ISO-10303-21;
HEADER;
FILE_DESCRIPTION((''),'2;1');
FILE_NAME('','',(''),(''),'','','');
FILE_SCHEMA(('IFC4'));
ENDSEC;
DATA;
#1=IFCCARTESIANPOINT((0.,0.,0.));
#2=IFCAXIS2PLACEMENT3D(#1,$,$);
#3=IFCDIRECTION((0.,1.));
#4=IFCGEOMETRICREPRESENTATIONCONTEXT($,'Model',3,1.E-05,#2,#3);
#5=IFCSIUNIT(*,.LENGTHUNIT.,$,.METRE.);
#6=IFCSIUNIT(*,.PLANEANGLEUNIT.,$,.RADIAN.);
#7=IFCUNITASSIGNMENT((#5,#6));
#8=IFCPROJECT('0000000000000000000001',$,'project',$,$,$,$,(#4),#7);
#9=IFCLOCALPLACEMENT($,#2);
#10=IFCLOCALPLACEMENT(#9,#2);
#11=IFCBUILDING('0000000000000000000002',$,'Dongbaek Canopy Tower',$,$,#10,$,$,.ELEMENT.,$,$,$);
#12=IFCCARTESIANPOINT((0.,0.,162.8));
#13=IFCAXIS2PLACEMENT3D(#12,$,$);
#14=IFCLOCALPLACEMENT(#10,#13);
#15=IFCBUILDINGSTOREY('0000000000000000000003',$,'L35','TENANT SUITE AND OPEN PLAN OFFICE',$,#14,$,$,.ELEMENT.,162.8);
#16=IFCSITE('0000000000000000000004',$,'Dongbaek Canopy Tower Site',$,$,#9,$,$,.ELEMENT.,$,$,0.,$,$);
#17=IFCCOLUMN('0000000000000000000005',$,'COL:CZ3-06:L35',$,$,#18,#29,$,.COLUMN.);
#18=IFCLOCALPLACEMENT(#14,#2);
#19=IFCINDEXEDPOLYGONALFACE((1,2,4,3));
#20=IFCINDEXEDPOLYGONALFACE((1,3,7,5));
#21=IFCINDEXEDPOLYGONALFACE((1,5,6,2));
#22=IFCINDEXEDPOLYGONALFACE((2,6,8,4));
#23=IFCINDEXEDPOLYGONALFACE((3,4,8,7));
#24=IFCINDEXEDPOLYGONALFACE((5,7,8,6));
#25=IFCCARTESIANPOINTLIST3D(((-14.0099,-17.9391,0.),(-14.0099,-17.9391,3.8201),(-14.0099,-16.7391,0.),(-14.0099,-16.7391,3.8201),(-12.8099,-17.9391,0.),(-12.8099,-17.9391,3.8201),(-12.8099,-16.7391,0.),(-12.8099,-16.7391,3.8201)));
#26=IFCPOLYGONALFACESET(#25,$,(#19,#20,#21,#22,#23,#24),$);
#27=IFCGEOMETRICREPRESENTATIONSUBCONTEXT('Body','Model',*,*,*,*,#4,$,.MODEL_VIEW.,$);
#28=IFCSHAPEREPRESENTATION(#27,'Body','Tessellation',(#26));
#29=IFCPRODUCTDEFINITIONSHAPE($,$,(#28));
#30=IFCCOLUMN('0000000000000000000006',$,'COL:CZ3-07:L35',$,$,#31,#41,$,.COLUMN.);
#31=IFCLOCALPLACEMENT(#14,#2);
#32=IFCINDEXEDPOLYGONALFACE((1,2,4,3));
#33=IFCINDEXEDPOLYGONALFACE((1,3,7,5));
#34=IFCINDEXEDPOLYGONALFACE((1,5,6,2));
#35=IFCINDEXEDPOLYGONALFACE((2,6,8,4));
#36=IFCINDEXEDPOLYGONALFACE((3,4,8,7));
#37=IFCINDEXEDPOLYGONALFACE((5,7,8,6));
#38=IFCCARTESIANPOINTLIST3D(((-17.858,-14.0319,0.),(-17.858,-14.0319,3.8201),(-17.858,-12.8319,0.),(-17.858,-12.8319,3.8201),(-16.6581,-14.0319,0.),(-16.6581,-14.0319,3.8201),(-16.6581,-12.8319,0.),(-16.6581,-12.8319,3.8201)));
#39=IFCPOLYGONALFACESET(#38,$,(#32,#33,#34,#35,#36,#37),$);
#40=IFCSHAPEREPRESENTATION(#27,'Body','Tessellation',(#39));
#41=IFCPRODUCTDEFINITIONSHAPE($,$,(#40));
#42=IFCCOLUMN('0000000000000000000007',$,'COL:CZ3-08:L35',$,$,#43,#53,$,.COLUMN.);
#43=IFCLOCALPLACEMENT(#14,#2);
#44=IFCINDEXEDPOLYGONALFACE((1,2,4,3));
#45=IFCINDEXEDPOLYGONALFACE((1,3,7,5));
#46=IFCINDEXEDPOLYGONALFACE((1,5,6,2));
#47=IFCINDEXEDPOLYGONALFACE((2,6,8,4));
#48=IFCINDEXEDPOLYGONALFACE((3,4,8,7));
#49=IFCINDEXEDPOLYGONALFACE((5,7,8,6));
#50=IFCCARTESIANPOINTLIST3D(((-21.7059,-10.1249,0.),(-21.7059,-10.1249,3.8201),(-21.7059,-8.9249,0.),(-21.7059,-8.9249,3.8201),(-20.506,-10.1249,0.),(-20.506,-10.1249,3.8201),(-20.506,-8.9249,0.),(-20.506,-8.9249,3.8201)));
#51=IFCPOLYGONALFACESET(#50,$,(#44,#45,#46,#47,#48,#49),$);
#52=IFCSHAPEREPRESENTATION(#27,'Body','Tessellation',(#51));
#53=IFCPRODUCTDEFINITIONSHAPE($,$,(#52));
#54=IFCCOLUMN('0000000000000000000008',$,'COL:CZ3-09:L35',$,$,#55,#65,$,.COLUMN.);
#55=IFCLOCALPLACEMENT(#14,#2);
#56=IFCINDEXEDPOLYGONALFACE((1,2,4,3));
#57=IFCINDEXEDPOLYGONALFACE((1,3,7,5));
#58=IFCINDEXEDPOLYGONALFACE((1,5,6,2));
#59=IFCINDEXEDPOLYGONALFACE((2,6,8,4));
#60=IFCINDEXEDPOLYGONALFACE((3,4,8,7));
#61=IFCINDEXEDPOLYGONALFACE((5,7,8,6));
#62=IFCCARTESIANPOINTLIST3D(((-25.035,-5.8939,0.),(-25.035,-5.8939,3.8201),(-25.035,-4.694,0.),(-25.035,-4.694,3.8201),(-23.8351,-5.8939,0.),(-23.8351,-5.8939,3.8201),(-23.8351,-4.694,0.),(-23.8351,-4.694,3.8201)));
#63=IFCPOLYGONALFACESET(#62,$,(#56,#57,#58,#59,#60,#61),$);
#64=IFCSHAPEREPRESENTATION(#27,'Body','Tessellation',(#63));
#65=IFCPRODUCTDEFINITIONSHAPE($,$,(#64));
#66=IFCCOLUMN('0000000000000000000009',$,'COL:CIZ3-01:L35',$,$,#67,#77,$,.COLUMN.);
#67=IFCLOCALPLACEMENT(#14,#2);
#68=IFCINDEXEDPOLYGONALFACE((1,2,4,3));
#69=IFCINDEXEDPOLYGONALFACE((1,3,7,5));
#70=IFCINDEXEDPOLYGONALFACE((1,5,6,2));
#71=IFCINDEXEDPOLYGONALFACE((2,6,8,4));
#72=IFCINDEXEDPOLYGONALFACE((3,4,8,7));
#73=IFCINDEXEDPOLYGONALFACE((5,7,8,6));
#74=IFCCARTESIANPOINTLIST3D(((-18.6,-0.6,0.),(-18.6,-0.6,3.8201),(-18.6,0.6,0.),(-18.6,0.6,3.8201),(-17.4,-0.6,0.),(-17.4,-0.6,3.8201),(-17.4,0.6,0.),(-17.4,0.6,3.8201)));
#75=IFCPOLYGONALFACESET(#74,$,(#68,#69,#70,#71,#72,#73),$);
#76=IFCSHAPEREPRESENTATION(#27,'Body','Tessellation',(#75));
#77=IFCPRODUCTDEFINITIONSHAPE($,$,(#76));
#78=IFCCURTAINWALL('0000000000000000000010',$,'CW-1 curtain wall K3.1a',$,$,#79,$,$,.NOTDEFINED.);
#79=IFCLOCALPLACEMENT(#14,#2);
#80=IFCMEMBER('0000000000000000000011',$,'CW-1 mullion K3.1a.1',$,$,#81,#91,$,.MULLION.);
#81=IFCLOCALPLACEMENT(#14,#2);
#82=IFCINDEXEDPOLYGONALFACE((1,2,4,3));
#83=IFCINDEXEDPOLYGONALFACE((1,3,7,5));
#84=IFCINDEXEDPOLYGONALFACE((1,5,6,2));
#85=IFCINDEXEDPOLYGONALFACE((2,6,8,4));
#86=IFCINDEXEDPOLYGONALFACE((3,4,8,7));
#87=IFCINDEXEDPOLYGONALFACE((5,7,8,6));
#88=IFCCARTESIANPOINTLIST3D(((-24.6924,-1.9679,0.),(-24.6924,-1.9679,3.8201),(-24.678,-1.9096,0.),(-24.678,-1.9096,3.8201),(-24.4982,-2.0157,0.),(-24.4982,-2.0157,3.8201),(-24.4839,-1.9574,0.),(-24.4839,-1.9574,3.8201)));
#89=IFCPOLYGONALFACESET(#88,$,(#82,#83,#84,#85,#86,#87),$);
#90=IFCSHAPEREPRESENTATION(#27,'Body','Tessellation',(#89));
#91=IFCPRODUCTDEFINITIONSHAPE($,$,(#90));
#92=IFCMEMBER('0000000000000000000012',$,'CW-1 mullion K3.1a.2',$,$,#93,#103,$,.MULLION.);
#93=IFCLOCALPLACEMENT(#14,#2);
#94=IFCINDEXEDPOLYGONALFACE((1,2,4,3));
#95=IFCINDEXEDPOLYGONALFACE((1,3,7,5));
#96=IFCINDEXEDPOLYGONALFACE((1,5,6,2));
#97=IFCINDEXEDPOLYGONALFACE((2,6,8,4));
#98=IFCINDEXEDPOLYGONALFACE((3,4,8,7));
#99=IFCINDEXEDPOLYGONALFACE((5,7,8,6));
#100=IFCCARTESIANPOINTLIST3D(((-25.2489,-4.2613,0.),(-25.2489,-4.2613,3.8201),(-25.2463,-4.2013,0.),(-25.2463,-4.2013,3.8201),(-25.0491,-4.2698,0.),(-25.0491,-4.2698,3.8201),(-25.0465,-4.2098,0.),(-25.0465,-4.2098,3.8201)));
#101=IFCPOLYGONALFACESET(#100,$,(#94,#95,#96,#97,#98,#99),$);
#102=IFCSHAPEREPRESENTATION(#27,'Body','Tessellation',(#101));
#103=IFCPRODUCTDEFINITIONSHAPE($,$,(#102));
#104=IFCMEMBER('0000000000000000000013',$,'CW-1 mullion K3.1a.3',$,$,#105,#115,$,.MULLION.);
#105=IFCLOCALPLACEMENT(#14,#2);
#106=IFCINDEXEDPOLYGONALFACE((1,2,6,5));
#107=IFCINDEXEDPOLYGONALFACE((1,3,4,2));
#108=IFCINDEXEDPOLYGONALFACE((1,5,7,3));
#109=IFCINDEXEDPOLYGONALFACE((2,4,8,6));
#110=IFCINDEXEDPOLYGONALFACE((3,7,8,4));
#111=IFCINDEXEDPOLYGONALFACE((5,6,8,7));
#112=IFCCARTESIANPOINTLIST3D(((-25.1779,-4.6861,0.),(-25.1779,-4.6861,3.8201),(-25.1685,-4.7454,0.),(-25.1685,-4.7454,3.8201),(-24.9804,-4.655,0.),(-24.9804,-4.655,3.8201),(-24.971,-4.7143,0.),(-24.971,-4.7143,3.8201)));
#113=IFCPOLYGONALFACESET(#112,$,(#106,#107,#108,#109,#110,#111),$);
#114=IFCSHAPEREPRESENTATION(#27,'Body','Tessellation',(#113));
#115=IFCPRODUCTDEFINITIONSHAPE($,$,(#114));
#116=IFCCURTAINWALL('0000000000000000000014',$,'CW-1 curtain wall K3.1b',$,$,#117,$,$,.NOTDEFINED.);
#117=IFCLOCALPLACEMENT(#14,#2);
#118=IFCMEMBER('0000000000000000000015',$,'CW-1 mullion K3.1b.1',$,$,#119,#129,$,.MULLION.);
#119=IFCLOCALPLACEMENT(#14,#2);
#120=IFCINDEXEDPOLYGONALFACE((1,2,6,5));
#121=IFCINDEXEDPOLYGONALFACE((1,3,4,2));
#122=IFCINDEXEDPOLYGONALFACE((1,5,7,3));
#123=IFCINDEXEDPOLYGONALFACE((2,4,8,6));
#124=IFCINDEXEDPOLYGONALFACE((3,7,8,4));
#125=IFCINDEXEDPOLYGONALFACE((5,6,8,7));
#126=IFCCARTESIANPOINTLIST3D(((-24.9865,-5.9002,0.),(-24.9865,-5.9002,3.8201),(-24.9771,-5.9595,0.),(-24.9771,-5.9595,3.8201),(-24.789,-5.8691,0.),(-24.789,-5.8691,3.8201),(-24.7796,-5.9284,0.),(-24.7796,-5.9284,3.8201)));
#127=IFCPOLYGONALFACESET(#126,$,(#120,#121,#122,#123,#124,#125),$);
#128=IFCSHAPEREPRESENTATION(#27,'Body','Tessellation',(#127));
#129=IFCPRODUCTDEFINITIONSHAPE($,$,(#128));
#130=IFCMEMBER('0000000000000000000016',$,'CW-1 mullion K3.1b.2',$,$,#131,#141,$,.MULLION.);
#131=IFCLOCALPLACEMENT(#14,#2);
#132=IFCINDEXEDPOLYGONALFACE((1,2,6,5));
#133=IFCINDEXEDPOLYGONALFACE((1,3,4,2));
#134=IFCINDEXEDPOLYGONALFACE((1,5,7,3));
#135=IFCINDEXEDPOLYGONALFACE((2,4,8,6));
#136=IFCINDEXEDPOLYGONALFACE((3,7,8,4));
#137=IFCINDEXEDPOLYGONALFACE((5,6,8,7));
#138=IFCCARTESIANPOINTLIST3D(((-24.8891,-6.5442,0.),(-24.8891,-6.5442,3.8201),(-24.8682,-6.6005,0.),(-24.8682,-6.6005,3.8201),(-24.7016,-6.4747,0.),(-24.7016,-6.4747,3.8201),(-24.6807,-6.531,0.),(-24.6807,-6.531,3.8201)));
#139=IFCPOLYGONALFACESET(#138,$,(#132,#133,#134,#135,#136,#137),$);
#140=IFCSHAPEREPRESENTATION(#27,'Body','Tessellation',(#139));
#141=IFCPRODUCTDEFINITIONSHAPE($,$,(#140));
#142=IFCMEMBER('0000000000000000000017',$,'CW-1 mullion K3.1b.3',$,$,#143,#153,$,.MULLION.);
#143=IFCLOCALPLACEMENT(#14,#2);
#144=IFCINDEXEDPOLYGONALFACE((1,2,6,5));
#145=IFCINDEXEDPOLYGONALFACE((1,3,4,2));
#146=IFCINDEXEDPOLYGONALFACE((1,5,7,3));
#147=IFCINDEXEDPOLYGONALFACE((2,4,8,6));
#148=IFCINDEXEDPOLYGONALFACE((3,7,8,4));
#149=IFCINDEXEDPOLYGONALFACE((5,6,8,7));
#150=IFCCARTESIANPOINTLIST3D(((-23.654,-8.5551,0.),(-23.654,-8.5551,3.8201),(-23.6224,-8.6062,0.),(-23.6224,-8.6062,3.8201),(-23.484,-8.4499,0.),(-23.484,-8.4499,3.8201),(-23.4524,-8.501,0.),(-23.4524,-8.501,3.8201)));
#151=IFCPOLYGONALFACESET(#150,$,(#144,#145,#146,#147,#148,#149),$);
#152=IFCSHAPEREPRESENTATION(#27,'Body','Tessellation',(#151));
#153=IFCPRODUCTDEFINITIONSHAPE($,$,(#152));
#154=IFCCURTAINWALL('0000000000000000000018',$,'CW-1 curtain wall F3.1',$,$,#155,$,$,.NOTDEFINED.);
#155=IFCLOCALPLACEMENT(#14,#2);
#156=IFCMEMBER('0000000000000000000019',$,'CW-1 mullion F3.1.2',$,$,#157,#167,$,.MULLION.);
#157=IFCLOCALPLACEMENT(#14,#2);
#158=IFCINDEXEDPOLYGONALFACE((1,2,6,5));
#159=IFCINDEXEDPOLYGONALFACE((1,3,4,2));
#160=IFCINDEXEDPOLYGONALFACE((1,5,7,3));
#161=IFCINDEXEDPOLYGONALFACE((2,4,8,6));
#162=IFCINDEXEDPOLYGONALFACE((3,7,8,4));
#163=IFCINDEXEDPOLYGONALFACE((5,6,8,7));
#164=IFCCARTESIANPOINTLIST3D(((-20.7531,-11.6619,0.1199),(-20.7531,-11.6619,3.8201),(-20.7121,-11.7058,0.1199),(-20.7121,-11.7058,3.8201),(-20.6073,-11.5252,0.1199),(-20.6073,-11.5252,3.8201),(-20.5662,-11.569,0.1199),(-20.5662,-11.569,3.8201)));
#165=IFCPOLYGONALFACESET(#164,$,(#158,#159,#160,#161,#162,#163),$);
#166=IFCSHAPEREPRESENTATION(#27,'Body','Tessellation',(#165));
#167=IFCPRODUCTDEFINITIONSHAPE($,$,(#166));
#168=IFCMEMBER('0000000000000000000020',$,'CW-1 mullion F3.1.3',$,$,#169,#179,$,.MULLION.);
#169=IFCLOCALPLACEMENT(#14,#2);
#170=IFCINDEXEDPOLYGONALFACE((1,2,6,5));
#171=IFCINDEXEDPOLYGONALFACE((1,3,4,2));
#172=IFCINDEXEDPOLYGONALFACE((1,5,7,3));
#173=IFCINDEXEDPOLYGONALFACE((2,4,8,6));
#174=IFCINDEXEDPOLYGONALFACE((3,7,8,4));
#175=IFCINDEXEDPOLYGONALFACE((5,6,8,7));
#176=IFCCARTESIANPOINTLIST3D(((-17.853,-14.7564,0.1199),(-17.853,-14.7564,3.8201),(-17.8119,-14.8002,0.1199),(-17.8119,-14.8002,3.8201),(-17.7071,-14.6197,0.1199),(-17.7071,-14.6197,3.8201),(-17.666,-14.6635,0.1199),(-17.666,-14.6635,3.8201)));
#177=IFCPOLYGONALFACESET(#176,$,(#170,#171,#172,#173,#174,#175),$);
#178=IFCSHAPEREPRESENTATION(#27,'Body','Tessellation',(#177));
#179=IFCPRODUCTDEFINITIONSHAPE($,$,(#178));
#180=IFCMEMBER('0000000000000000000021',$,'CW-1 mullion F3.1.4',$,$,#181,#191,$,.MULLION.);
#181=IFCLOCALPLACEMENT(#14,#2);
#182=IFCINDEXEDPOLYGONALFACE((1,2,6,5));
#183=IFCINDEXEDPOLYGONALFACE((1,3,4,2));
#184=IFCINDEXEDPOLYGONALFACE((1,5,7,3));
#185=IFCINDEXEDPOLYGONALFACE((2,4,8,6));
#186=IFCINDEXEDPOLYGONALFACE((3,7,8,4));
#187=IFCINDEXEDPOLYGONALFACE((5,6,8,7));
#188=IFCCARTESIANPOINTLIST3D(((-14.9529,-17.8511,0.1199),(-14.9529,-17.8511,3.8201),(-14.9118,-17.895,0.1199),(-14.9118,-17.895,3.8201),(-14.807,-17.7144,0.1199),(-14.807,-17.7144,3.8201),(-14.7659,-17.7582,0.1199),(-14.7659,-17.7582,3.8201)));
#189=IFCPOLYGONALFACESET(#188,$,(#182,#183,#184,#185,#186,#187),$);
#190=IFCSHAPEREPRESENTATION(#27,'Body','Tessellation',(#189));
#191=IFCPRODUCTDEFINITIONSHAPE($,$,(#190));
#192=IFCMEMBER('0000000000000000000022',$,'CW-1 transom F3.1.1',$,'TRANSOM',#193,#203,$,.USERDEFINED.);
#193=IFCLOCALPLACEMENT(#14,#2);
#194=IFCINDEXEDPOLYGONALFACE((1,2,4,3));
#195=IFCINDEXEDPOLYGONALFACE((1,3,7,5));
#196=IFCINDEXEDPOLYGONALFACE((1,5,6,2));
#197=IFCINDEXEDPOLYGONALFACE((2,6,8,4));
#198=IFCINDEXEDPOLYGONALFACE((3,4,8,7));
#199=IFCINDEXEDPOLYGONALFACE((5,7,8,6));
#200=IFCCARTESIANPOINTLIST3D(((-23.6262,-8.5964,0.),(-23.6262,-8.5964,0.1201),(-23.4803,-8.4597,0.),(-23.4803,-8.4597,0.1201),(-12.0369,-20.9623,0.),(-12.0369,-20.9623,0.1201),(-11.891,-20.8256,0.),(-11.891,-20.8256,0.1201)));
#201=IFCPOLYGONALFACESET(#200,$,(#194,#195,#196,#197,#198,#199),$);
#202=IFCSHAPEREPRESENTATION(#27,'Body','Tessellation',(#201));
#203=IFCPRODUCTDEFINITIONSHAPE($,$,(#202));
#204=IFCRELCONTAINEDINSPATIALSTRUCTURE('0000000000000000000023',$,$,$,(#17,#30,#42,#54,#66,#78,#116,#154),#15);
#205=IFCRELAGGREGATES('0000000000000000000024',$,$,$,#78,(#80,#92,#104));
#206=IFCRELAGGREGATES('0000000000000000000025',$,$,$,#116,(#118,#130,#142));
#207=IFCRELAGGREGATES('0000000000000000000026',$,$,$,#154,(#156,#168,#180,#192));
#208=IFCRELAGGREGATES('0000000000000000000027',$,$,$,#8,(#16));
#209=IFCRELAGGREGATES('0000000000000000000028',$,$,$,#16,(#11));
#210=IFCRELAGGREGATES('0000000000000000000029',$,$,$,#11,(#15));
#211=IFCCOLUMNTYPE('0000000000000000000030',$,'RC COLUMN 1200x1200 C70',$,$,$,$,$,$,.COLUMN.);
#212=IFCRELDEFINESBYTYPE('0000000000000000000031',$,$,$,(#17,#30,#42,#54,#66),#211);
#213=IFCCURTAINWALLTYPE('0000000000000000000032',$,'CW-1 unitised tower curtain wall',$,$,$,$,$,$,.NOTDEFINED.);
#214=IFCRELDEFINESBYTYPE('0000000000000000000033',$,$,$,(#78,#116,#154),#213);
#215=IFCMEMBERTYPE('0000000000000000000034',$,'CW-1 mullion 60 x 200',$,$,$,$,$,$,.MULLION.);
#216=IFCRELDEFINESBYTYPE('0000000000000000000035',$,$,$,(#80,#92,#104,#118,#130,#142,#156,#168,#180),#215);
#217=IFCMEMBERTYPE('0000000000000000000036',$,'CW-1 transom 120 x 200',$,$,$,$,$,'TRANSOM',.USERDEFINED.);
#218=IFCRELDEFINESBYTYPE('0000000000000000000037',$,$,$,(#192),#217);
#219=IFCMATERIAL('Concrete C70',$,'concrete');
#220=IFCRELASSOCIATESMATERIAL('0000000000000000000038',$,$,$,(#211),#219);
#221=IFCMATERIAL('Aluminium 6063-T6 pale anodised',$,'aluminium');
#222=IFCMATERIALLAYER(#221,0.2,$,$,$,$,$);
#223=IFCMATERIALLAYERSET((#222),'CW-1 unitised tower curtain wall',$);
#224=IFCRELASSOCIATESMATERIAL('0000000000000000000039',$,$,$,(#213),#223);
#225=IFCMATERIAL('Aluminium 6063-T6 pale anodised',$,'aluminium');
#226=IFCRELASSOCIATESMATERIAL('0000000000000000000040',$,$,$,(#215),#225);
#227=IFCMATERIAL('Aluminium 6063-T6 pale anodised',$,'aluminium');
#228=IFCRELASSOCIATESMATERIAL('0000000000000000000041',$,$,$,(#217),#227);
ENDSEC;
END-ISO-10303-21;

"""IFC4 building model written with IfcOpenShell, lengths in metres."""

from ifc_helpers import new_model, si_unit, direction, frame, origin, origin_2d, place, context, subcontext, project, spatial, rectangle, extrude, material, layer, layer_set, material_profile, profile_set, type_object, element, aggregate, save


model = new_model("IFC4")

# Units and contexts
model_context = context("Model", 3, precision=1e-05, world=origin(), true_north=direction((0.0, 1.0)))
body_context = subcontext(model_context, "Body", "Model", "MODEL_VIEW")
ifc_project = project(units=[si_unit("LENGTHUNIT", "METRE"), si_unit("PLANEANGLEUNIT", "RADIAN")], contexts=[model_context])

# Site, building, storey
site_placement = place(None, origin())
site = spatial("IfcSite", under=ifc_project, at=site_placement, Name="Dongbaek Canopy Tower Site", CompositionType="ELEMENT", RefElevation=0.0)
building_placement = place(site_placement, origin())
building = spatial("IfcBuilding", under=site, at=building_placement, Name="Dongbaek Canopy Tower", CompositionType="ELEMENT")
storey_placement = place(building_placement, frame((0.0, 0.0, 162.8)))
storey = spatial("IfcBuildingStorey", under=building, at=storey_placement, Name="L35", Description="TENANT SUITE AND OPEN PLAN OFFICE", CompositionType="ELEMENT", Elevation=162.8)

# Columns
ifc_material_1 = material(Name="Concrete C70", Category="concrete")
ifc_material_profile_1 = material_profile(ifc_material_1, rectangle(XDim=1.2, YDim=1.2, at=origin_2d()), Name="RC COLUMN 1200x1200 C70")
ifc_profile_set_1 = profile_set([ifc_material_profile_1], Name="Concrete C70")
column_type = type_object("IfcColumnType", Name="RC COLUMN 1200x1200 C70", PredefinedType="COLUMN", material=ifc_profile_set_1)
for number, where, z_axis, x_axis, name in (
    (1, (-13.4099, -17.3391, 0.0), (0.0, 0.0, 1.0), (1.0, 0.0, 0.0), "COL:CZ3-06:L35"),
    (2, (-17.2581, -13.4319, 0.0), (0.0, 0.0, 1.0), (1.0, 0.0, 0.0), "COL:CZ3-07:L35"),
    (3, (-21.106, -9.5249, 0.0), (0.0, 0.0, 1.0), (1.0, 0.0, 0.0), "COL:CZ3-08:L35"),
    (4, (-24.4351, -5.2939, 0.0), (0.0, 0.0, 1.0), (1.0, 0.0, 0.0), "COL:CZ3-09:L35"),
    (5, (-18.0, 0.0, 0.0), (0.0, 0.0, 1.0), (1.0, 0.0, 0.0), "COL:CIZ3-01:L35"),
):
    element("IfcColumn", number, at=place(storey_placement, frame(where, z_axis=z_axis, x_axis=x_axis)), inside=storey, type_object=column_type, Name=name, PredefinedType="COLUMN", context=body_context, shape_type="SweptSolid", body=[
        extrude(rectangle(XDim=1.2, YDim=1.2, at=origin_2d()), origin(), (0.0, 0.0, 1.0), 3.8201),
    ])

# Curtain walls, members
ifc_material_2 = material(Name="Aluminium 6063-T6 pale anodised", Category="aluminium")
ifc_layer_1 = layer(ifc_material_2, 0.2)
ifc_layer_set_1 = layer_set([ifc_layer_1], Name="CW-1 unitised tower curtain wall")
curtain_wall_type = type_object("IfcCurtainWallType", Name="CW-1 unitised tower curtain wall", PredefinedType="NOTDEFINED", material=ifc_layer_set_1)
curtain_wall_1_placement = place(storey_placement, origin())
curtain_wall_1 = element("IfcCurtainWall", 6, at=curtain_wall_1_placement, inside=storey, type_object=curtain_wall_type, Name="CW-1 curtain wall K3.1a", PredefinedType="NOTDEFINED")
ifc_material_3 = material(Name="Aluminium 6063-T6 pale anodised", Category="aluminium")
ifc_material_profile_2 = material_profile(ifc_material_3, rectangle(XDim=0.2, YDim=0.0601, at=origin_2d()), Name="CW-1 mullion 60 x 200")
ifc_profile_set_2 = profile_set([ifc_material_profile_2], Name="Aluminium 6063-T6 pale anodised")
member_type_1 = type_object("IfcMemberType", Name="CW-1 mullion 60 x 200", PredefinedType="MULLION", material=ifc_profile_set_2)
member_1_placement = place(storey_placement, frame((-24.5881, -1.9626, 0.0), z_axis=(0.0, 0.0, 1.0), x_axis=(-0.971001, 0.239077, 0.0)))
member_1 = element("IfcMember", 7, at=member_1_placement, type_object=member_type_1, Name="CW-1 mullion K3.1a.1", PredefinedType="MULLION", context=body_context, shape_type="SweptSolid", body=[
    extrude(rectangle(XDim=0.2, YDim=0.0601, at=origin_2d()), origin(), (0.0, 0.0, 1.0), 3.8201),
])
member_2_placement = place(storey_placement, frame((-25.1477, -4.2356, 0.0), z_axis=(0.0, 0.0, 1.0), x_axis=(-0.999096, 0.042522, 0.0)))
member_2 = element("IfcMember", 8, at=member_2_placement, type_object=member_type_1, Name="CW-1 mullion K3.1a.2", PredefinedType="MULLION", context=body_context, shape_type="SweptSolid", body=[
    extrude(rectangle(XDim=0.2, YDim=0.0601, at=origin_2d()), origin(), (0.0, 0.0, 1.0), 3.8201),
])
member_3_placement = place(storey_placement, frame((-25.0745, -4.7002, 0.0), z_axis=(0.0, 0.0, 1.0), x_axis=(-0.987803, -0.15571, 0.0)))
member_3 = element("IfcMember", 9, at=member_3_placement, type_object=member_type_1, Name="CW-1 mullion K3.1a.3", PredefinedType="MULLION", context=body_context, shape_type="SweptSolid", body=[
    extrude(rectangle(XDim=0.2, YDim=0.0601, at=origin_2d()), origin(), (0.0, 0.0, 1.0), 3.8201),
])
curtain_wall_2_placement = place(storey_placement, origin())
curtain_wall_2 = element("IfcCurtainWall", 10, at=curtain_wall_2_placement, inside=storey, type_object=curtain_wall_type, Name="CW-1 curtain wall K3.1b", PredefinedType="NOTDEFINED")
member_4_placement = place(storey_placement, frame((-24.8831, -5.9143, 0.0), z_axis=(0.0, 0.0, 1.0), x_axis=(-0.987803, -0.15571, 0.0)))
member_4 = element("IfcMember", 11, at=member_4_placement, type_object=member_type_1, Name="CW-1 mullion K3.1b.1", PredefinedType="MULLION", context=body_context, shape_type="SweptSolid", body=[
    extrude(rectangle(XDim=0.2, YDim=0.0601, at=origin_2d()), origin(), (0.0, 0.0, 1.0), 3.8201),
])
member_5_placement = place(storey_placement, frame((-24.7849, -6.5376, 0.0), z_axis=(0.0, 0.0, 1.0), x_axis=(-0.937568, -0.347803, 0.0)))
member_5 = element("IfcMember", 12, at=member_5_placement, type_object=member_type_1, Name="CW-1 mullion K3.1b.2", PredefinedType="MULLION", context=body_context, shape_type="SweptSolid", body=[
    extrude(rectangle(XDim=0.2, YDim=0.0601, at=origin_2d()), origin(), (0.0, 0.0, 1.0), 3.8201),
])
member_6_placement = place(storey_placement, frame((-23.5532, -8.5281, 0.0), z_axis=(0.0, 0.0, 1.0), x_axis=(-0.85037, -0.526184, 0.0)))
member_6 = element("IfcMember", 13, at=member_6_placement, type_object=member_type_1, Name="CW-1 mullion K3.1b.3", PredefinedType="MULLION", context=body_context, shape_type="SweptSolid", body=[
    extrude(rectangle(XDim=0.2, YDim=0.0601, at=origin_2d()), origin(), (0.0, 0.0, 1.0), 3.8201),
])
curtain_wall_3_placement = place(storey_placement, origin())
curtain_wall_3 = element("IfcCurtainWall", 14, at=curtain_wall_3_placement, inside=storey, type_object=curtain_wall_type, Name="CW-1 curtain wall F3.1", PredefinedType="NOTDEFINED")
member_7_placement = place(storey_placement, frame((-20.6597, -11.6155, 0.1199), z_axis=(0.0, 0.0, 1.0), x_axis=(-0.729649, -0.683822, 0.0)))
member_7 = element("IfcMember", 15, at=member_7_placement, type_object=member_type_1, Name="CW-1 mullion F3.1.2", PredefinedType="MULLION", context=body_context, shape_type="SweptSolid", body=[
    extrude(rectangle(XDim=0.2, YDim=0.0601, at=origin_2d()), origin(), (0.0, 0.0, 1.0), 3.7002),
])
member_8_placement = place(storey_placement, frame((-17.7595, -14.71, 0.1199), z_axis=(0.0, 0.0, 1.0), x_axis=(-0.729649, -0.683822, 0.0)))
member_8 = element("IfcMember", 16, at=member_8_placement, type_object=member_type_1, Name="CW-1 mullion F3.1.3", PredefinedType="MULLION", context=body_context, shape_type="SweptSolid", body=[
    extrude(rectangle(XDim=0.2, YDim=0.0601, at=origin_2d()), origin(), (0.0, 0.0, 1.0), 3.7002),
])
member_9_placement = place(storey_placement, frame((-14.8594, -17.8047, 0.1199), z_axis=(0.0, 0.0, 1.0), x_axis=(-0.729649, -0.683822, 0.0)))
member_9 = element("IfcMember", 17, at=member_9_placement, type_object=member_type_1, Name="CW-1 mullion F3.1.4", PredefinedType="MULLION", context=body_context, shape_type="SweptSolid", body=[
    extrude(rectangle(XDim=0.2, YDim=0.0601, at=origin_2d()), origin(), (0.0, 0.0, 1.0), 3.7002),
])
ifc_material_4 = material(Name="Aluminium 6063-T6 pale anodised", Category="aluminium")
ifc_material_profile_3 = material_profile(ifc_material_4, rectangle(XDim=0.2, YDim=0.1201, at=origin_2d()), Name="CW-1 transom 120 x 200")
ifc_profile_set_3 = profile_set([ifc_material_profile_3], Name="Aluminium 6063-T6 pale anodised")
member_type_2 = type_object("IfcMemberType", Name="CW-1 transom 120 x 200", ElementType="TRANSOM", PredefinedType="USERDEFINED", material=ifc_profile_set_3)
member_10_placement = place(storey_placement, frame((-23.5532, -8.5281, 0.0601), z_axis=(0.683824, -0.729647, 0.0), x_axis=(0.729647, 0.683824, 0.0)))
member_10 = element("IfcMember", 18, at=member_10_placement, type_object=member_type_2, Name="CW-1 transom F3.1.1", ObjectType="TRANSOM", PredefinedType="USERDEFINED", context=body_context, shape_type="SweptSolid", body=[
    extrude(rectangle(XDim=0.2, YDim=0.1201, at=origin_2d()), origin(), (0.0, 0.0, 1.0), 16.9478),
])

aggregate(curtain_wall_1, [member_1, member_2, member_3])
aggregate(curtain_wall_2, [member_4, member_5, member_6])

aggregate(curtain_wall_3, [member_7, member_8, member_9, member_10])

save(model, "model.ifc")
